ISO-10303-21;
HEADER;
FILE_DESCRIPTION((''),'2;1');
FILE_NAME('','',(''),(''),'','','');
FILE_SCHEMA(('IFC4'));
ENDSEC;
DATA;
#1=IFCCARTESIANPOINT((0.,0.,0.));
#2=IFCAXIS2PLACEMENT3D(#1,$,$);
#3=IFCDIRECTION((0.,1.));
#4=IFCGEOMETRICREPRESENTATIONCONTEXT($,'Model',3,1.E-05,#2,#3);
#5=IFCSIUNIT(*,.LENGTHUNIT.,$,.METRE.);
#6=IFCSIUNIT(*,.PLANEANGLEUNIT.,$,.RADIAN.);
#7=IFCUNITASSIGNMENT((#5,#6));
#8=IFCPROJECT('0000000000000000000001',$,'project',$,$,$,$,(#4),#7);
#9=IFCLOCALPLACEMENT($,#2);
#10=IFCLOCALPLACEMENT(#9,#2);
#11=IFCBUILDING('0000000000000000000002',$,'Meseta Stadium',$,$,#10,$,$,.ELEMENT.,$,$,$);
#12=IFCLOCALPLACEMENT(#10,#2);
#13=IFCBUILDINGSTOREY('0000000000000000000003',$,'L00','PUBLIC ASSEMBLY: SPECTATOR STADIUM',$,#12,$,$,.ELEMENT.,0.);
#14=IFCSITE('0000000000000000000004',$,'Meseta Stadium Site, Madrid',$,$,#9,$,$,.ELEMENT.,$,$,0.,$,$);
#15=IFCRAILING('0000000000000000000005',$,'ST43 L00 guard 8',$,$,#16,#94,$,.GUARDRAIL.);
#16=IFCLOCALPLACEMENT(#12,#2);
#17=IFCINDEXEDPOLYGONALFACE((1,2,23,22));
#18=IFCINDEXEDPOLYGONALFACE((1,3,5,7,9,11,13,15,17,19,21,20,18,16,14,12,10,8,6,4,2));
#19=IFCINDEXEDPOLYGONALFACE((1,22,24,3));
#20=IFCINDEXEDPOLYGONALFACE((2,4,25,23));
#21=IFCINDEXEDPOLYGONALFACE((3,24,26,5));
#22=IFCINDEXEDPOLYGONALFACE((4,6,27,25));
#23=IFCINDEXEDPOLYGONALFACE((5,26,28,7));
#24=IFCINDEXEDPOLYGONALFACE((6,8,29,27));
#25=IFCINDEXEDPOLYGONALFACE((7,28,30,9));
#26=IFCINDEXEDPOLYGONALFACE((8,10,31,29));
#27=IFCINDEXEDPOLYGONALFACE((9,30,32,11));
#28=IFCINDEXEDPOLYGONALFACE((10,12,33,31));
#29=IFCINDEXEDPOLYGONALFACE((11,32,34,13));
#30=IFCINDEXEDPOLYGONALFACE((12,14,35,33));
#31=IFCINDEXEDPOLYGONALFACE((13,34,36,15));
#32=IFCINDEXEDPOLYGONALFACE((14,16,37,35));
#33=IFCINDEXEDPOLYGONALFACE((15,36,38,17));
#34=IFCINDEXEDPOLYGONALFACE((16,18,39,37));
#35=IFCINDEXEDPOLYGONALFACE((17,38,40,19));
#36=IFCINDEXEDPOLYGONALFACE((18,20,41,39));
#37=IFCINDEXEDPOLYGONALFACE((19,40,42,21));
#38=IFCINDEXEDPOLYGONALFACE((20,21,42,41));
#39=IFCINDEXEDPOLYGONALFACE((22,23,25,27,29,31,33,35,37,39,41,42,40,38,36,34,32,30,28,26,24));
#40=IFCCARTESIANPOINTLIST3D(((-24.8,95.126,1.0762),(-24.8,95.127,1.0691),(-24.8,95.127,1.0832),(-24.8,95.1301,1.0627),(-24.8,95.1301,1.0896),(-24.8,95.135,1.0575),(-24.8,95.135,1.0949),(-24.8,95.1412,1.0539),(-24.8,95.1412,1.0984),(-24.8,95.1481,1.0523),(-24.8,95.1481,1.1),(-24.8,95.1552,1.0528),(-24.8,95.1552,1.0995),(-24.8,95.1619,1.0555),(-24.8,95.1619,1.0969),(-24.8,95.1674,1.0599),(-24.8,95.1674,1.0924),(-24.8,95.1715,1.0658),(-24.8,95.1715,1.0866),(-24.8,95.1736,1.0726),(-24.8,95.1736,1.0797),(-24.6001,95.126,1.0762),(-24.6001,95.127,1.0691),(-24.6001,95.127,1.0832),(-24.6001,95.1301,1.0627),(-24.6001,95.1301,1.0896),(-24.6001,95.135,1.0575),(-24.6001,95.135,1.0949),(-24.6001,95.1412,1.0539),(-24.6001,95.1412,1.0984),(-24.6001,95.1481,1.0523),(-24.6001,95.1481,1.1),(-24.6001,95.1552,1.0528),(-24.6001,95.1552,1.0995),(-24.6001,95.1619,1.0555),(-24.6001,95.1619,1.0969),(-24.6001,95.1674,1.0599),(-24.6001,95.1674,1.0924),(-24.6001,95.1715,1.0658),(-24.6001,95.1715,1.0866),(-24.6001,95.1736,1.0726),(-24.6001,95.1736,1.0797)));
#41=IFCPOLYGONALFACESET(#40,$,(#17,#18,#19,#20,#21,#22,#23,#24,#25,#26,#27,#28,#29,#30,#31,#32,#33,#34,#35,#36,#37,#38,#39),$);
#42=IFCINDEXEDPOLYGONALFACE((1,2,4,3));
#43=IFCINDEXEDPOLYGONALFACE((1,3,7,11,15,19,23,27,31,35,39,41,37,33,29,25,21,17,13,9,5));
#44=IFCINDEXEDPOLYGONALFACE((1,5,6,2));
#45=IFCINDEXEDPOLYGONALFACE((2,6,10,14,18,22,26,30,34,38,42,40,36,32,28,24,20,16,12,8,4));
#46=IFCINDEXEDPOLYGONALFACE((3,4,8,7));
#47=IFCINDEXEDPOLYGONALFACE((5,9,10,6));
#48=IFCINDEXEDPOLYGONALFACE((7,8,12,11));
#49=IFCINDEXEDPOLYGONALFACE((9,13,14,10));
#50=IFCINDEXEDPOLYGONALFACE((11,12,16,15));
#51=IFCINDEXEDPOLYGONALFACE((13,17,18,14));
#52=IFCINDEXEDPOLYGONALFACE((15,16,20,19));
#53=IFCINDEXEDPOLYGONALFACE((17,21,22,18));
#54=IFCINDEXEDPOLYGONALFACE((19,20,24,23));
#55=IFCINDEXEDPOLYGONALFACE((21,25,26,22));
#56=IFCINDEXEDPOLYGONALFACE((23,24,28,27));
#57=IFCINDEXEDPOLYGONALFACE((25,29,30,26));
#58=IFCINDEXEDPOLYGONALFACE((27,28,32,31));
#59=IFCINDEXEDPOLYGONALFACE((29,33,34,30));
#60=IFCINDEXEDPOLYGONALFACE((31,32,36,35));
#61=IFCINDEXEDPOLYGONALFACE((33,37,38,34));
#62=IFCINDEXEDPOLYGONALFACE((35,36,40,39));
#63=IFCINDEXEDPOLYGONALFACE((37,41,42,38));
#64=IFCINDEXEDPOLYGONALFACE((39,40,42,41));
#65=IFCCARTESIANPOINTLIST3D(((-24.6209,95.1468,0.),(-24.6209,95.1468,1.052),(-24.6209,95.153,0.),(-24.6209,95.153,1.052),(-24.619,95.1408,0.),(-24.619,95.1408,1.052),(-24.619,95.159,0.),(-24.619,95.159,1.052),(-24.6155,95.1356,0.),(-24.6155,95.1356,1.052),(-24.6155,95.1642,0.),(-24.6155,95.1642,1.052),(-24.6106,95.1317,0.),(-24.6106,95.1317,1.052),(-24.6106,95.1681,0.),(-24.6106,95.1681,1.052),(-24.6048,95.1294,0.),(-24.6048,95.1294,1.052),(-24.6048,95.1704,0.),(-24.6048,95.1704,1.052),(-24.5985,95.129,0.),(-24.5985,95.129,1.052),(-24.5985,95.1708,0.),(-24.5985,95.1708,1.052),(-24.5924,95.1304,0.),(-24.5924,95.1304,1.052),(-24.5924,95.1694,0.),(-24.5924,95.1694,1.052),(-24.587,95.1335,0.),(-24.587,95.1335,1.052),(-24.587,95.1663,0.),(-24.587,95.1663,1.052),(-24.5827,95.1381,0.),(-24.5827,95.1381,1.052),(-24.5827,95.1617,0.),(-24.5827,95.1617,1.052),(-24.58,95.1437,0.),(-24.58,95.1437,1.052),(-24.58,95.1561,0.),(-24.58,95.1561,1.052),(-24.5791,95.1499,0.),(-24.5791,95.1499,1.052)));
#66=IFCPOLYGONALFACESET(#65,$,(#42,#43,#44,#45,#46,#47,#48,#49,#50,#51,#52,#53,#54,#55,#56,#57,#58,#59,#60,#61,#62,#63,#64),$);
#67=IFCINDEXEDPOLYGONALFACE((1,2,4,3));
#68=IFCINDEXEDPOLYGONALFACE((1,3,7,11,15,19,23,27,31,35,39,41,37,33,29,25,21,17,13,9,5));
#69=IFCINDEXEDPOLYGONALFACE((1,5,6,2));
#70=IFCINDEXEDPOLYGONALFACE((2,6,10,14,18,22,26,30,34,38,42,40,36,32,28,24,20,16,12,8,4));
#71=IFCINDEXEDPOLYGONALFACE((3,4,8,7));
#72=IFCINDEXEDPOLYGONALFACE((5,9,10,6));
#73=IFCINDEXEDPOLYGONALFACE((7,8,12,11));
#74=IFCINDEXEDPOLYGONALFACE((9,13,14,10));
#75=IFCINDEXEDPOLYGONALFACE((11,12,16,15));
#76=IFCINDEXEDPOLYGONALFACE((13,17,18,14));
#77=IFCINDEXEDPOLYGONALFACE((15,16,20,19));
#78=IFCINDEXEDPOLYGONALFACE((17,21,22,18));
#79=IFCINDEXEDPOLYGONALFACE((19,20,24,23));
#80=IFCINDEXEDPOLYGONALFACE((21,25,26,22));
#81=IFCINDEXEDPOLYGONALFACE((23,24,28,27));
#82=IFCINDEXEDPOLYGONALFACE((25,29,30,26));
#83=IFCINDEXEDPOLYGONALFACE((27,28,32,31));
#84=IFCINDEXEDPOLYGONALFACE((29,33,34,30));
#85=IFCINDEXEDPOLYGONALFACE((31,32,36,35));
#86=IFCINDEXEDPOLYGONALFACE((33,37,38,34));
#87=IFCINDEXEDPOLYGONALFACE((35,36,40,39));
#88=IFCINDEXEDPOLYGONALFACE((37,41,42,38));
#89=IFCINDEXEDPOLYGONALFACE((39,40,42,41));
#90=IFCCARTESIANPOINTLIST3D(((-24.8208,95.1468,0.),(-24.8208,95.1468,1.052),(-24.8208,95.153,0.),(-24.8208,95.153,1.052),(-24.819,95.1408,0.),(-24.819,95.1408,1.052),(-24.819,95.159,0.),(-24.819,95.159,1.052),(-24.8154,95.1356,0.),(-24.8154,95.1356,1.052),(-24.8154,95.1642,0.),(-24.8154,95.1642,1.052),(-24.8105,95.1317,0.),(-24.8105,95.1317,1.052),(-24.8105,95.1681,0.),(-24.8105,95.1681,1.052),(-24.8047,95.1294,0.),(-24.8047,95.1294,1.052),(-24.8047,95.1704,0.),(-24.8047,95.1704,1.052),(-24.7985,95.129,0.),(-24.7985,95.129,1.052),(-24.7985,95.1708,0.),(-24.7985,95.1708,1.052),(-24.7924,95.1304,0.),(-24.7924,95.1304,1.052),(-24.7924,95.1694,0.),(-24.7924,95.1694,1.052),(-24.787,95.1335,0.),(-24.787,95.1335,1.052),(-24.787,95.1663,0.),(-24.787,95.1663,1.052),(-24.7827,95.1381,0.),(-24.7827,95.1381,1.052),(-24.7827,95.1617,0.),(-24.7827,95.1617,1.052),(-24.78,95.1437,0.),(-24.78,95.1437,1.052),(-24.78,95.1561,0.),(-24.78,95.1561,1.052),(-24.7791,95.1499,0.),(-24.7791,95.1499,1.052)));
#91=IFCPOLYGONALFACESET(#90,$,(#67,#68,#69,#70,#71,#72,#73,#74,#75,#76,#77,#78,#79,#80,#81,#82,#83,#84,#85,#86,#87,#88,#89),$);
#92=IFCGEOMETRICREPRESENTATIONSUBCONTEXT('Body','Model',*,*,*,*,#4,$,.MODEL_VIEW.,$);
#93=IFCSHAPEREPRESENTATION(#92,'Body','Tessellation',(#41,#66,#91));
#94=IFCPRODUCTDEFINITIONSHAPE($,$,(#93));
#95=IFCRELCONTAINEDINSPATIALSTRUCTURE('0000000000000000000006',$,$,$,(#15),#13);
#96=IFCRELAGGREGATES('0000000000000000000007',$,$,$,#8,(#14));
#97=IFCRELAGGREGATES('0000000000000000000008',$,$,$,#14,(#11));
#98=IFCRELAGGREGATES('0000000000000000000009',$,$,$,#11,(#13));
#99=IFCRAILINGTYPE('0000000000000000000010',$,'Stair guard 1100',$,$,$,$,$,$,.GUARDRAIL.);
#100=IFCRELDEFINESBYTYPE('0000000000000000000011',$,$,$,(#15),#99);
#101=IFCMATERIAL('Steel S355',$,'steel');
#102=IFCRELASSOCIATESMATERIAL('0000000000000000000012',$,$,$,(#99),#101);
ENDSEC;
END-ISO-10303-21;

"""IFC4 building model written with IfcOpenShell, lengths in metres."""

from ifc_helpers import new_model, si_unit, direction, frame, origin, origin_2d, place, context, subcontext, project, spatial, circle, extrude, material, type_object, element, save


model = new_model("IFC4")

# Units and contexts
model_context = context("Model", 3, precision=1e-05, world=origin(), true_north=direction((0.0, 1.0)))
body_context = subcontext(model_context, "Body", "Model", "MODEL_VIEW")
ifc_project = project(units=[si_unit("LENGTHUNIT", "METRE"), si_unit("PLANEANGLEUNIT", "RADIAN")], contexts=[model_context])

# Site, building, storey
site_placement = place(None, origin())
site = spatial("IfcSite", under=ifc_project, at=site_placement, Name="Meseta Stadium Site, Madrid", CompositionType="ELEMENT", RefElevation=0.0)
building_placement = place(site_placement, origin())
building = spatial("IfcBuilding", under=site, at=building_placement, Name="Meseta Stadium", CompositionType="ELEMENT")
storey_placement = place(building_placement, origin())
storey = spatial("IfcBuildingStorey", under=building, at=storey_placement, Name="L00", Description="PUBLIC ASSEMBLY: SPECTATOR STADIUM", CompositionType="ELEMENT", Elevation=0.0)

# Railing
ifc_material_1 = material(Name="Steel S355", Category="steel")
railing_type_1 = type_object("IfcRailingType", Name="Stair guard 1100", PredefinedType="GUARDRAIL", material=ifc_material_1)
railing_1_placement = place(storey_placement, frame((-24.6001, 95.1499, 0.0)))
element("IfcRailing", 1, at=railing_1_placement, inside=storey, type_object=railing_type_1, Name="ST43 L00 guard 8", PredefinedType="GUARDRAIL", context=body_context, shape_type="SweptSolid", body=[
    extrude(circle(Radius=0.0239, at=origin_2d()), frame((0.0, 0.0, 1.0762), z_axis=(-1.0, 0.0, 0.0), x_axis=(0.0, -1.0, 0.0)), (0.0, 0.0, 1.0), 0.2),
    extrude(circle(Radius=0.021, at=origin_2d()), origin(), (0.0, 0.0, 1.0), 1.052),
    extrude(circle(Radius=0.021, at=origin_2d()), frame((-0.2, 0.0, 0.0)), (0.0, 0.0, 1.0), 1.052),
])

save(model, "model.ifc")
